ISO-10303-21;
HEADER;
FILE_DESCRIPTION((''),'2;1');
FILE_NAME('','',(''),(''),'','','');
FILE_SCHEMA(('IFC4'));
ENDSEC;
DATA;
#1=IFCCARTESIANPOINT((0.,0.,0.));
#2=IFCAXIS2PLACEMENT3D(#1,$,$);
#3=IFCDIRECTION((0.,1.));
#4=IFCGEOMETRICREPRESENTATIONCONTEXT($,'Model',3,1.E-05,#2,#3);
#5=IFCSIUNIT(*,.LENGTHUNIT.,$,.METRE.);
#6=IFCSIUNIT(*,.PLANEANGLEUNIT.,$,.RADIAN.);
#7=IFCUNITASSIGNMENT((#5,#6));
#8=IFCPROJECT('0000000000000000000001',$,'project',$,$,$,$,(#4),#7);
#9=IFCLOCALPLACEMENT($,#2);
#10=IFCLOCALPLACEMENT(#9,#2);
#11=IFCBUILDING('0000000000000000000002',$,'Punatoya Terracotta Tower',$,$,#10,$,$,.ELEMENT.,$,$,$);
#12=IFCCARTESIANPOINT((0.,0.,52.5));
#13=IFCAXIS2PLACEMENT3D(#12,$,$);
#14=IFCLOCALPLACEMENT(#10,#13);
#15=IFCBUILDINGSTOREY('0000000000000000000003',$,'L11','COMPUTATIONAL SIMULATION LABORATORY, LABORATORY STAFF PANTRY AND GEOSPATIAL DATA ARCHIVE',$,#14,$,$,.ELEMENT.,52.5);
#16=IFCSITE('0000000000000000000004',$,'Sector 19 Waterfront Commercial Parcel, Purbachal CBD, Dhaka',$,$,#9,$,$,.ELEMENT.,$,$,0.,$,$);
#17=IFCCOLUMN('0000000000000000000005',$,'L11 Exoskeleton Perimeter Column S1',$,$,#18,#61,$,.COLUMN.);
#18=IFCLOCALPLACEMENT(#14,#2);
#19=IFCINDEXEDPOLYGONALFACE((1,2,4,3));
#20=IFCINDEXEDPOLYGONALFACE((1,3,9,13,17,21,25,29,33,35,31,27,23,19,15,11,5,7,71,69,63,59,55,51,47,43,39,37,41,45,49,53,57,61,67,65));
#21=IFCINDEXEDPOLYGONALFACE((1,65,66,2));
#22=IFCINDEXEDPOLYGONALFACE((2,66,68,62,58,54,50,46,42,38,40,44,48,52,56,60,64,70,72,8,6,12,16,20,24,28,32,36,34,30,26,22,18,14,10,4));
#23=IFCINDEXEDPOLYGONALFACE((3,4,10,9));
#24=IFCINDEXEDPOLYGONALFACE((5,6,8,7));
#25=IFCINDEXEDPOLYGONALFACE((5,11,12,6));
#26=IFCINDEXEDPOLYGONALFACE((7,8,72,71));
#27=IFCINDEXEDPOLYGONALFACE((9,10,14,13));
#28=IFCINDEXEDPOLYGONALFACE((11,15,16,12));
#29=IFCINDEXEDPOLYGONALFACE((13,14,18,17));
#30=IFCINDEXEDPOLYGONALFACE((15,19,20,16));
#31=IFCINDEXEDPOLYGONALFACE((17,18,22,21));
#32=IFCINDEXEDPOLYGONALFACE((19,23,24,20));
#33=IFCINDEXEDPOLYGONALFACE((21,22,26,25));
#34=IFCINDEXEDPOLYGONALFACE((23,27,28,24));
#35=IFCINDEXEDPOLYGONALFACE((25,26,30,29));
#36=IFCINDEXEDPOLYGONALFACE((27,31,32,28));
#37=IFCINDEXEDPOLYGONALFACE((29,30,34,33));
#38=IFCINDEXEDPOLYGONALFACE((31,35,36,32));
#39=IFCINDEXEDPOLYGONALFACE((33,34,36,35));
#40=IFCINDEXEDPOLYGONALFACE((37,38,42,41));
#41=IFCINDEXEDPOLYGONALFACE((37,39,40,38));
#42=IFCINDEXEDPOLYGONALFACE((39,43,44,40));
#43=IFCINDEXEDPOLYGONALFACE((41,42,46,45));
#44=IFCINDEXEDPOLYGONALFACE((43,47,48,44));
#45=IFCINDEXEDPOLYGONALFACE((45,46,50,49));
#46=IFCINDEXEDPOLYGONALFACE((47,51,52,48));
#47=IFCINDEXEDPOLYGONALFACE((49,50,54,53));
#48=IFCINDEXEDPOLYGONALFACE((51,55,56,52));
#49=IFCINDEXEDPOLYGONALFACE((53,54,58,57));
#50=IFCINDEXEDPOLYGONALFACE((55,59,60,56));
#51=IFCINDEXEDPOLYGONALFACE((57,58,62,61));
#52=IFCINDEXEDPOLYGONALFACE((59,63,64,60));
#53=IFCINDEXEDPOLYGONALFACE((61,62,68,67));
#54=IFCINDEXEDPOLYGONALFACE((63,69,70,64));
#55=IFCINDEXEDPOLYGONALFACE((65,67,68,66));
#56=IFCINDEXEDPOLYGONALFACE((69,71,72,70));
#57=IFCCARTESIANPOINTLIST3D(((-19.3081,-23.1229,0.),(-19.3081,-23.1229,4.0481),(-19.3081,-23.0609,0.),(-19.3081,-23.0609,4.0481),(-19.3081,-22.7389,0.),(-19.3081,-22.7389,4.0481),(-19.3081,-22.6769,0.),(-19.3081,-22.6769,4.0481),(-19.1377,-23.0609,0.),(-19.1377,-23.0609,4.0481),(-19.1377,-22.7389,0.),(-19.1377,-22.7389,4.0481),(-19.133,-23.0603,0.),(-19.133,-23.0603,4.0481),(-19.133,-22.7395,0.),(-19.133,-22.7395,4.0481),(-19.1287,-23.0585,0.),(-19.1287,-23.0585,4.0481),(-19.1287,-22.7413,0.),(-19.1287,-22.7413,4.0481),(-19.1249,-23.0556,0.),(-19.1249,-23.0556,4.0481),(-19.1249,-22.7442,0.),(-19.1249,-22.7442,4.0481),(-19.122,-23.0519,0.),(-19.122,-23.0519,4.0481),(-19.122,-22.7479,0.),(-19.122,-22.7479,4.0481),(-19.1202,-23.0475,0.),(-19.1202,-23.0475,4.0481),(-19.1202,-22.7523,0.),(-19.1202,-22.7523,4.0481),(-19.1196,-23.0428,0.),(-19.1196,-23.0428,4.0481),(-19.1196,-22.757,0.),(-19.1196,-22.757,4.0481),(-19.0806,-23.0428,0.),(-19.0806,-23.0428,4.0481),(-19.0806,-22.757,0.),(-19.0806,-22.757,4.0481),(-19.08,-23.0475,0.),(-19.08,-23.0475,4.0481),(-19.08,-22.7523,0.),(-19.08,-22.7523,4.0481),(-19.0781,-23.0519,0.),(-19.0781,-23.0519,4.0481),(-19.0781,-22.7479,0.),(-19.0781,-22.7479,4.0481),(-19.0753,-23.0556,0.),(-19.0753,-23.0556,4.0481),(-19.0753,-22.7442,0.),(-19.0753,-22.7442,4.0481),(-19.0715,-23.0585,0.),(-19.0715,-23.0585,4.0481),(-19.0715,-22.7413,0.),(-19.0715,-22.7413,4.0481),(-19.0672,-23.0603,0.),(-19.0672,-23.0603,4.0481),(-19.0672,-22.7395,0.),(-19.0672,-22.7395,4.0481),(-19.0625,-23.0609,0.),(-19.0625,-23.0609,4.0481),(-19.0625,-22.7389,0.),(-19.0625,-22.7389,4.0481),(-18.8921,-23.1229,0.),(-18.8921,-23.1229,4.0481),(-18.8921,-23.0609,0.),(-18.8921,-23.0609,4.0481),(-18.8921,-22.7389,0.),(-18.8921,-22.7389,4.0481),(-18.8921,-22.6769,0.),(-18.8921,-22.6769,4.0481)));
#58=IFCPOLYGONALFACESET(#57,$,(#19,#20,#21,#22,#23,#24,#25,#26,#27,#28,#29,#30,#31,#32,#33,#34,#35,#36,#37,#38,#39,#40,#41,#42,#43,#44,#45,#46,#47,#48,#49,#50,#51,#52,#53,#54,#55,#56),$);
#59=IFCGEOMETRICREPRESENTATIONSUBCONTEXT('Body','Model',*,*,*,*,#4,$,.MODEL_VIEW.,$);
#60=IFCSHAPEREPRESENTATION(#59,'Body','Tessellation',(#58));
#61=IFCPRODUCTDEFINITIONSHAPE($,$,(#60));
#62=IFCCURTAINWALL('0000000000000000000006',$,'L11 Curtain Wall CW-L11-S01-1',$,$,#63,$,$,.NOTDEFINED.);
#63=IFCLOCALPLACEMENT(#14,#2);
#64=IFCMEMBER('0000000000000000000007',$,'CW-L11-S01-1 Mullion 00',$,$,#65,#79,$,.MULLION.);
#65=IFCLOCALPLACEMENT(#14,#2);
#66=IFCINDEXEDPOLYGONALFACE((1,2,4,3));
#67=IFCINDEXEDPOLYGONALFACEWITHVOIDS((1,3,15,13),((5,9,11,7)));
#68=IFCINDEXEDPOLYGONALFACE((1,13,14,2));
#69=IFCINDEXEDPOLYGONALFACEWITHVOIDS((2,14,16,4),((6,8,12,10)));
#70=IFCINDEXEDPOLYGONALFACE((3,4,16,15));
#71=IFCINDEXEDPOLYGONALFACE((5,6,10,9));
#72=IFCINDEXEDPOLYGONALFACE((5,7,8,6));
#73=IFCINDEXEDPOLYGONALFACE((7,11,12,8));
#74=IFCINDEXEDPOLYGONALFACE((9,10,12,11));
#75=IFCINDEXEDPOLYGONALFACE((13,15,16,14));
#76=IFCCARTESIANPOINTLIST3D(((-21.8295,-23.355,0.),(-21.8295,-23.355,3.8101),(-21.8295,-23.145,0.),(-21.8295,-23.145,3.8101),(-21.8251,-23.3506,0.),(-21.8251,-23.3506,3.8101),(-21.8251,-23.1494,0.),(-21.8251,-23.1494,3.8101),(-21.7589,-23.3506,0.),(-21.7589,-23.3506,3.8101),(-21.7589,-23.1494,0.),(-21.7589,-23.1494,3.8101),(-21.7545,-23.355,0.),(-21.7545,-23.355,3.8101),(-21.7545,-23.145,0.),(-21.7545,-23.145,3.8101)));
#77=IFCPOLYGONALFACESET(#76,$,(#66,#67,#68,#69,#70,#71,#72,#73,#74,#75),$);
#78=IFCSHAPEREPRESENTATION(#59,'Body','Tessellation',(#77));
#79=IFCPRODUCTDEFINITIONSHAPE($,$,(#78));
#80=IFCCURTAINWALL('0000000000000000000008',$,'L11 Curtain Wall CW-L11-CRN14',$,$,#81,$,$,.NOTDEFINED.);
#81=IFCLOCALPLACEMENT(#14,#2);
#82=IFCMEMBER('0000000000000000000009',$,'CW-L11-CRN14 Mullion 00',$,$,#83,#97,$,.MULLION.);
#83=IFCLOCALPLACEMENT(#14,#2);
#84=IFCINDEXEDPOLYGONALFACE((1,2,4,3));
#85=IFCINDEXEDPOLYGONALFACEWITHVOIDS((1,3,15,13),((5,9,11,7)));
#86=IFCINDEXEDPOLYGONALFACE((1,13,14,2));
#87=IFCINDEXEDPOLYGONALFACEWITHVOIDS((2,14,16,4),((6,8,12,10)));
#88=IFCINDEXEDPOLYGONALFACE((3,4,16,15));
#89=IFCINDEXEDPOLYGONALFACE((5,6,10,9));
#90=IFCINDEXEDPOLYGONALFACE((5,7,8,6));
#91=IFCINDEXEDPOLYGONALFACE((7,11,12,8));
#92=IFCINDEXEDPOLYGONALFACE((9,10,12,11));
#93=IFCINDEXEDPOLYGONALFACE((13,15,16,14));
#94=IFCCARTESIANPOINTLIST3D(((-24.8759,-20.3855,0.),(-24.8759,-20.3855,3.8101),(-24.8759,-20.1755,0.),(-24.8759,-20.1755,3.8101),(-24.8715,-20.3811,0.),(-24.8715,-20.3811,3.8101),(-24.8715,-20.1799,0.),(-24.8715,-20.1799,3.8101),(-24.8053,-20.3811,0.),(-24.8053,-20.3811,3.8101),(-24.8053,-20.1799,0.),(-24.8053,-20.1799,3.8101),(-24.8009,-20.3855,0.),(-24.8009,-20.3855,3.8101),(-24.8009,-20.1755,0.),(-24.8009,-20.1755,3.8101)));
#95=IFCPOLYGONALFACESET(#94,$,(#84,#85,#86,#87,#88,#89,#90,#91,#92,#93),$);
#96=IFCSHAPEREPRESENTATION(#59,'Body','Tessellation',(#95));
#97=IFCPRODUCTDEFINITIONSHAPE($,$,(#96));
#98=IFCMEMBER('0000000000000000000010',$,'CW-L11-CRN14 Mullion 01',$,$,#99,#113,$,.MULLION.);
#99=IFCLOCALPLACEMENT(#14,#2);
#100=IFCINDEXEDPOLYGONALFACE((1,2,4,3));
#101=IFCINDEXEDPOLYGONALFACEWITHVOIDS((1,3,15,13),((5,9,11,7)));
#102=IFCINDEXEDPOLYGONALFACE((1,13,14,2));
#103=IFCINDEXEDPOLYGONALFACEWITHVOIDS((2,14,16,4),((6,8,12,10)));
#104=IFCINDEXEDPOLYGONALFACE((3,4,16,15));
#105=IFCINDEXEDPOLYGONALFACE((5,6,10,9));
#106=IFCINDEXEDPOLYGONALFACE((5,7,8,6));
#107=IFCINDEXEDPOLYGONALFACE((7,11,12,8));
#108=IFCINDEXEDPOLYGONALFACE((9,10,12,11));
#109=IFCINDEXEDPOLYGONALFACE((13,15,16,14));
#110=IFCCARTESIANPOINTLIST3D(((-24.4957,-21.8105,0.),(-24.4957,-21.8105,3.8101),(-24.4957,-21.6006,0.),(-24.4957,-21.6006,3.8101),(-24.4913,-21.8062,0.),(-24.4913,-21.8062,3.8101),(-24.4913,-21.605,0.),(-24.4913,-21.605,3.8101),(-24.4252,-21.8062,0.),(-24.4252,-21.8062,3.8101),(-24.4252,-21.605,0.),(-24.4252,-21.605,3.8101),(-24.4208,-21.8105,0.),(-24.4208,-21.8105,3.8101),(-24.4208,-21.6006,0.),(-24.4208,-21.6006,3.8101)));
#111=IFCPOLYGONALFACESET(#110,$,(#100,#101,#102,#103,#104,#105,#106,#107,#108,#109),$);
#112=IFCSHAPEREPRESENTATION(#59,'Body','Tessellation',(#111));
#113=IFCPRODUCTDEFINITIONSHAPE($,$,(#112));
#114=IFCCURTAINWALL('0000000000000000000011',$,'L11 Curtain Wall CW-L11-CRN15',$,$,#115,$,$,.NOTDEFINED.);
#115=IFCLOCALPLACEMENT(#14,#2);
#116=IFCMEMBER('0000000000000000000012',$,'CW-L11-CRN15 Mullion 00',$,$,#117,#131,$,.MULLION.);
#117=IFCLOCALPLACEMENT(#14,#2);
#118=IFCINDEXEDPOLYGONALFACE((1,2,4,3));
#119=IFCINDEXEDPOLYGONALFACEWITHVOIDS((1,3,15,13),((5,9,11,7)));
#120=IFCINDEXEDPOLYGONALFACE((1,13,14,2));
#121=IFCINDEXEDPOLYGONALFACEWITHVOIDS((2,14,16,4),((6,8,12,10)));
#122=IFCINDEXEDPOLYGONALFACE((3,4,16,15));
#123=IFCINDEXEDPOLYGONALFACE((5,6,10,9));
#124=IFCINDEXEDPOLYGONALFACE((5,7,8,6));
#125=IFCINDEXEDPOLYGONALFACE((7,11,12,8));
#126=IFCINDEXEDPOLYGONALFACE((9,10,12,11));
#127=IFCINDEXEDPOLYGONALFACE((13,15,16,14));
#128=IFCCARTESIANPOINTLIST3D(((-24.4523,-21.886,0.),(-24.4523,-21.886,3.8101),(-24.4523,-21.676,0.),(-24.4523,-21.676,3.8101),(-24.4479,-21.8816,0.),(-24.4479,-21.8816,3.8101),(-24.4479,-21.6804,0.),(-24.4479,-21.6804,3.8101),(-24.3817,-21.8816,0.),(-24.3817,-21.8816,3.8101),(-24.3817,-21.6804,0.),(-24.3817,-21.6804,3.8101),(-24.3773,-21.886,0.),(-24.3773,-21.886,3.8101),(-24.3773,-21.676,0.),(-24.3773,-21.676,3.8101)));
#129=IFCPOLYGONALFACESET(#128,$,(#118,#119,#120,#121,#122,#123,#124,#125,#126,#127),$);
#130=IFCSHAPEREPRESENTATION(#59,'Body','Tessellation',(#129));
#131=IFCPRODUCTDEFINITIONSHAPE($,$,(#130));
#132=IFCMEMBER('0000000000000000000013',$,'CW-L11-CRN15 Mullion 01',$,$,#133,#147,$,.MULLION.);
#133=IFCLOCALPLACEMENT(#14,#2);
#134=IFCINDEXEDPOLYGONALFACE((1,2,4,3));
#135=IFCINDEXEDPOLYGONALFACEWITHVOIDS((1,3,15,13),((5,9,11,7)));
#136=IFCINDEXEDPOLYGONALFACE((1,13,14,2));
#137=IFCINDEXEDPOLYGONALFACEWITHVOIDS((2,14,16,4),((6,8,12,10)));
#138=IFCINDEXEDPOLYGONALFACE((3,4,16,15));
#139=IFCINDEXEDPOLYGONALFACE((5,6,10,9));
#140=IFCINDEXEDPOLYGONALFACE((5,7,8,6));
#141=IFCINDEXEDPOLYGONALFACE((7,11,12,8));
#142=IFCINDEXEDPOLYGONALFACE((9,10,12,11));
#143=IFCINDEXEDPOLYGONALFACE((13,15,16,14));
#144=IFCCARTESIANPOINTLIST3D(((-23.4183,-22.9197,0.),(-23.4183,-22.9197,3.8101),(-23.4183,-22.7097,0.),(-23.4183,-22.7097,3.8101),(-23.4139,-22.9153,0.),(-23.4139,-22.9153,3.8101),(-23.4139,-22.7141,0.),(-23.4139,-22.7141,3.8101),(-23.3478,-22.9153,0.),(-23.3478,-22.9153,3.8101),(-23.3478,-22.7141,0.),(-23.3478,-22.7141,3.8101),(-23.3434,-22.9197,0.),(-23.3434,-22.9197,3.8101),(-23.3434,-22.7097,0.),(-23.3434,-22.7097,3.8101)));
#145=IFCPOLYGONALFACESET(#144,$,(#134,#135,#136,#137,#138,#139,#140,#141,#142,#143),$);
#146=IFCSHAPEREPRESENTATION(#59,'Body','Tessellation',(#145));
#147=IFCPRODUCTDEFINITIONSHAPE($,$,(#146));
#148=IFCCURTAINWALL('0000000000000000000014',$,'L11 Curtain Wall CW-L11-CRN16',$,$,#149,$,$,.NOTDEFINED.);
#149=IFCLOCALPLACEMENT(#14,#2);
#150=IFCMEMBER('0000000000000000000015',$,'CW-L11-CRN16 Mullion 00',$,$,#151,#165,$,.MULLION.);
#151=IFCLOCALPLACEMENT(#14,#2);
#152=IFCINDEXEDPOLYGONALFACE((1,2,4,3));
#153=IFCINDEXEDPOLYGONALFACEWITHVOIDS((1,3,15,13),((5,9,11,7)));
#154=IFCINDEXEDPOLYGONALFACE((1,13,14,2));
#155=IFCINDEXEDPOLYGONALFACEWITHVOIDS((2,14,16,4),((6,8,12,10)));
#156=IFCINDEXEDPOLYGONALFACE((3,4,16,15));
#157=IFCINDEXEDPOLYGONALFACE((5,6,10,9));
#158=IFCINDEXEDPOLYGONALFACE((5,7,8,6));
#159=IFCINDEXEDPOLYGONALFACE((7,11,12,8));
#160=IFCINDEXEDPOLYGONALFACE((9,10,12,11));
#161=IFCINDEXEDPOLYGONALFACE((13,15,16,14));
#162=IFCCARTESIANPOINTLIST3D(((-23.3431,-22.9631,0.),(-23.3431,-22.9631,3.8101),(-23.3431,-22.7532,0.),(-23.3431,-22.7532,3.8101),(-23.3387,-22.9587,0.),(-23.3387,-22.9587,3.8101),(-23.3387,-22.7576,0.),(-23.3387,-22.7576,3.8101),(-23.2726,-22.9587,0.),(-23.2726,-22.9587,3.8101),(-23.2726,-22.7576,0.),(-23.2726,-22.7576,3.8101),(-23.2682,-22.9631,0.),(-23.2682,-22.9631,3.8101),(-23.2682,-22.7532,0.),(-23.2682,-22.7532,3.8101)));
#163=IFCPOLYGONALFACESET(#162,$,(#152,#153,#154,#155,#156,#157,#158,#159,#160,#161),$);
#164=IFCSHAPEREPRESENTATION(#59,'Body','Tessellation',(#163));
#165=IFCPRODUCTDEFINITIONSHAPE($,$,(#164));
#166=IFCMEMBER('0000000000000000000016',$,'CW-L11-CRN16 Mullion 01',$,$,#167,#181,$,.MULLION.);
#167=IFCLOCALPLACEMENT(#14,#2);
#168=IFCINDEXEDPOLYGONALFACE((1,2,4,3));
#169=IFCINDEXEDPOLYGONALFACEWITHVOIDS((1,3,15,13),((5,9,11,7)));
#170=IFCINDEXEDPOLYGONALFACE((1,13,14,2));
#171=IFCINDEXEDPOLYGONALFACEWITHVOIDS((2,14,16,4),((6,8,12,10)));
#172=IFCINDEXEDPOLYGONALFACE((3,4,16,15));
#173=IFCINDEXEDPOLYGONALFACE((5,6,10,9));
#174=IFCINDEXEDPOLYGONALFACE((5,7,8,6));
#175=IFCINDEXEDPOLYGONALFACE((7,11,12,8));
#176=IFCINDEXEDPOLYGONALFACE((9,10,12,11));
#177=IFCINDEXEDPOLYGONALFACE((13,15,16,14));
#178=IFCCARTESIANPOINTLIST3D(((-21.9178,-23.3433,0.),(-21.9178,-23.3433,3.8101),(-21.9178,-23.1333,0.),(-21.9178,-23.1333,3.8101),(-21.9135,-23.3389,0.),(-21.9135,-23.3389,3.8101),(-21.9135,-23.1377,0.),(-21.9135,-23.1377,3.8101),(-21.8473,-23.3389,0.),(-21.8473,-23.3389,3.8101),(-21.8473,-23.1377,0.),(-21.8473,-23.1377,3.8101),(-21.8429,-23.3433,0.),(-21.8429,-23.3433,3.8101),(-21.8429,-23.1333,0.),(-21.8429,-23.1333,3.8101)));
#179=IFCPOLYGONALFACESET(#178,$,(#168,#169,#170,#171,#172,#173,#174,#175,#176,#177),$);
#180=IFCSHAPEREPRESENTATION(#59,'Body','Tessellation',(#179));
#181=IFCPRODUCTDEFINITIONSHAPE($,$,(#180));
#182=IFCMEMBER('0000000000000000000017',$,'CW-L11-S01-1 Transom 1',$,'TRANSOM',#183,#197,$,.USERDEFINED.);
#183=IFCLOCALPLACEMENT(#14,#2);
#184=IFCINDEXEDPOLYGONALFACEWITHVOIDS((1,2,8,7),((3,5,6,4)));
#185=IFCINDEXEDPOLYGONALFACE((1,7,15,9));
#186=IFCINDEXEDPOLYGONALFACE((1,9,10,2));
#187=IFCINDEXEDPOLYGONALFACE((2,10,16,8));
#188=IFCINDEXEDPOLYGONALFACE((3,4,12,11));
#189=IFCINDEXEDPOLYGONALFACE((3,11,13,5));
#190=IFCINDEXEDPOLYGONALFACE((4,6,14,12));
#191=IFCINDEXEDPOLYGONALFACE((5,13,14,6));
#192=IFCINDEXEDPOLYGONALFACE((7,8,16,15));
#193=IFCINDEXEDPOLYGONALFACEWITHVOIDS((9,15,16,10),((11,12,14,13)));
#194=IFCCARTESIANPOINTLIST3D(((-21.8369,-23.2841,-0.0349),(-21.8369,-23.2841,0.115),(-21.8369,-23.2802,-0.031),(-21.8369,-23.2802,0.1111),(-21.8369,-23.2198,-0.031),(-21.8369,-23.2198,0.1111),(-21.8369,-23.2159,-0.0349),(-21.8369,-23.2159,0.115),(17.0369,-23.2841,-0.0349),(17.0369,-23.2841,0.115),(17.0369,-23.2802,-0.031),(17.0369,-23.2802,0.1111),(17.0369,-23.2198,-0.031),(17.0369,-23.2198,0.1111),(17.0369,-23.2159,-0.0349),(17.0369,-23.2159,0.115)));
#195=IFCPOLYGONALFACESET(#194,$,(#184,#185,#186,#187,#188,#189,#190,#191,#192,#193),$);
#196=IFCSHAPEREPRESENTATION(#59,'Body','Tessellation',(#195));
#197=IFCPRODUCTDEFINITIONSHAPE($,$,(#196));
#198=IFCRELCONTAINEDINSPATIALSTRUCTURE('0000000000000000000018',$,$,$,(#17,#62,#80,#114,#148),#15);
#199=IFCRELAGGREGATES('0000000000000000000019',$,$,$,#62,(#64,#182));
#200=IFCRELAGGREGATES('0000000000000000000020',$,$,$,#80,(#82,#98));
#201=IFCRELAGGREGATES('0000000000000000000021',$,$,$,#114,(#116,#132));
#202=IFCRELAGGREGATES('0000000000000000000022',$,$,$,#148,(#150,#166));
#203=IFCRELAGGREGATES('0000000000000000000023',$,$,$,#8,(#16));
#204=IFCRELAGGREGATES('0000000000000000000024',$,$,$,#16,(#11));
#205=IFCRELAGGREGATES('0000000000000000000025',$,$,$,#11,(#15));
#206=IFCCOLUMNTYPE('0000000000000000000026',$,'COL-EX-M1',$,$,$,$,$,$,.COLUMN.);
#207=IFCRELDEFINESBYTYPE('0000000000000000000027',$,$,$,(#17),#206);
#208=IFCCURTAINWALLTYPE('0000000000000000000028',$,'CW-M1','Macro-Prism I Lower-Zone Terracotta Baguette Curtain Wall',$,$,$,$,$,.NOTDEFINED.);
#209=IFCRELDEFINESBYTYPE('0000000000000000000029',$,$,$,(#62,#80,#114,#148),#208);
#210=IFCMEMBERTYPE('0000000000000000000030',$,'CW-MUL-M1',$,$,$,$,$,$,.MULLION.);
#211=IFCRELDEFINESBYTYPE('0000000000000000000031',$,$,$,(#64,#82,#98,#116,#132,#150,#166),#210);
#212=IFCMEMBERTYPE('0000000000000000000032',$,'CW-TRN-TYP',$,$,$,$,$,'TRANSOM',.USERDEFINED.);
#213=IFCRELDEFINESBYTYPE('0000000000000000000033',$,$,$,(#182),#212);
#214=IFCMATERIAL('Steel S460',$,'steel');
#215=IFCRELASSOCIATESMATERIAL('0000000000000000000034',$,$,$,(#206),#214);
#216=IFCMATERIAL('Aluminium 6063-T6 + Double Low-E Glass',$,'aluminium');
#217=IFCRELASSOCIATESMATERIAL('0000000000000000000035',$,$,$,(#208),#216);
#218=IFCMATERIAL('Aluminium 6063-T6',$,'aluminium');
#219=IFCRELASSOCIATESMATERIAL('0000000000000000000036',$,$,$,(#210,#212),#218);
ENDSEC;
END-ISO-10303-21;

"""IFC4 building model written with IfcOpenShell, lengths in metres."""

from ifc_helpers import new_model, si_unit, direction, frame, origin, origin_2d, place, context, subcontext, project, spatial, hollow_rectangle, i_section, extrude, material, material_profile, profile_set, type_object, element, aggregate, save


model = new_model("IFC4")

# Units and contexts
model_context = context("Model", 3, precision=1e-05, world=origin(), true_north=direction((0.0, 1.0)))
body_context = subcontext(model_context, "Body", "Model", "MODEL_VIEW")
ifc_project = project(units=[si_unit("LENGTHUNIT", "METRE"), si_unit("PLANEANGLEUNIT", "RADIAN")], contexts=[model_context])

# Site, building, storey
site_placement = place(None, origin())
site = spatial("IfcSite", under=ifc_project, at=site_placement, Name="Sector 19 Waterfront Commercial Parcel, Purbachal CBD, Dhaka", CompositionType="ELEMENT", RefElevation=0.0)
building_placement = place(site_placement, origin())
building = spatial("IfcBuilding", under=site, at=building_placement, Name="Punatoya Terracotta Tower", CompositionType="ELEMENT")
storey_placement = place(building_placement, frame((0.0, 0.0, 52.5)))
storey = spatial("IfcBuildingStorey", under=building, at=storey_placement, Name="L11", Description="COMPUTATIONAL SIMULATION LABORATORY, LABORATORY STAFF PANTRY AND GEOSPATIAL DATA ARCHIVE", CompositionType="ELEMENT", Elevation=52.5)

# Column
ifc_material_1 = material(Name="Steel S460", Category="steel")
ifc_material_profile_1 = material_profile(ifc_material_1, i_section(OverallWidth=0.416, OverallDepth=0.446, WebThickness=0.0391, FlangeThickness=0.062, FilletRadius=0.0181, at=origin_2d()))
ifc_profile_set_1 = profile_set([ifc_material_profile_1], Name="Steel S460")
column_type = type_object("IfcColumnType", Name="COL-EX-M1", PredefinedType="COLUMN", material=ifc_profile_set_1)
column_placement = place(storey_placement, frame((-19.1001, -22.8999, 0.0), z_axis=(0.0, 0.0, 1.0), x_axis=(1.0, 0.0, 0.0)))
element("IfcColumn", 1, at=column_placement, inside=storey, type_object=column_type, Name="L11 Exoskeleton Perimeter Column S1", PredefinedType="COLUMN", context=body_context, shape_type="SweptSolid", body=[
    extrude(i_section(OverallWidth=0.416, OverallDepth=0.446, WebThickness=0.0391, FlangeThickness=0.062, FilletRadius=0.0181, at=origin_2d()), origin(), (0.0, 0.0, 1.0), 4.0481),
])

# Curtain wall, member
ifc_material_2 = material(Name="Aluminium 6063-T6 + Double Low-E Glass", Category="aluminium")
curtain_wall_type = type_object("IfcCurtainWallType", Name="CW-M1", Description="Macro-Prism I Lower-Zone Terracotta Baguette Curtain Wall", PredefinedType="NOTDEFINED", material=ifc_material_2)
curtain_wall_1_placement = place(storey_placement, origin())
curtain_wall_1 = element("IfcCurtainWall", 2, at=curtain_wall_1_placement, inside=storey, type_object=curtain_wall_type, Name="L11 Curtain Wall CW-L11-S01-1", PredefinedType="NOTDEFINED")
ifc_material_3 = material(Name="Aluminium 6063-T6", Category="aluminium")
ifc_material_profile_2 = material_profile(ifc_material_3, hollow_rectangle(XDim=0.075, YDim=0.21, WallThickness=0.0044, at=origin_2d()))
ifc_profile_set_2 = profile_set([ifc_material_profile_2], Name="Aluminium 6063-T6")
member_type_1 = type_object("IfcMemberType", Name="CW-MUL-M1", PredefinedType="MULLION", material=ifc_profile_set_2)
member_1_placement = place(storey_placement, frame((-21.792, -23.25, 0.0), z_axis=(0.0, 0.0, 1.0), x_axis=(1.0, 0.0, 0.0)))
member_1 = element("IfcMember", 3, at=member_1_placement, type_object=member_type_1, Name="CW-L11-S01-1 Mullion 00", PredefinedType="MULLION", context=body_context, shape_type="SweptSolid", body=[
    extrude(hollow_rectangle(XDim=0.075, YDim=0.21, WallThickness=0.0044, at=origin_2d()), origin(), (0.0, 0.0, 1.0), 3.8101),
])

# Curtain walls, members
curtain_wall_2_placement = place(storey_placement, origin())
curtain_wall_2 = element("IfcCurtainWall", 4, at=curtain_wall_2_placement, inside=storey, type_object=curtain_wall_type, Name="L11 Curtain Wall CW-L11-CRN14", PredefinedType="NOTDEFINED")
member_2_placement = place(storey_placement, frame((-24.8384, -20.2805, 0.0), z_axis=(0.0, 0.0, 1.0), x_axis=(1.0, 0.0, 0.0)))
member_2 = element("IfcMember", 5, at=member_2_placement, type_object=member_type_1, Name="CW-L11-CRN14 Mullion 00", PredefinedType="MULLION", context=body_context, shape_type="SweptSolid", body=[
    extrude(hollow_rectangle(XDim=0.075, YDim=0.21, WallThickness=0.0044, at=origin_2d()), origin(), (0.0, 0.0, 1.0), 3.8101),
])
member_3_placement = place(storey_placement, frame((-24.4583, -21.7056, 0.0), z_axis=(0.0, 0.0, 1.0), x_axis=(1.0, 0.0, 0.0)))
member_3 = element("IfcMember", 6, at=member_3_placement, type_object=member_type_1, Name="CW-L11-CRN14 Mullion 01", PredefinedType="MULLION", context=body_context, shape_type="SweptSolid", body=[
    extrude(hollow_rectangle(XDim=0.075, YDim=0.21, WallThickness=0.0044, at=origin_2d()), origin(), (0.0, 0.0, 1.0), 3.8101),
])
curtain_wall_3_placement = place(storey_placement, origin())
curtain_wall_3 = element("IfcCurtainWall", 7, at=curtain_wall_3_placement, inside=storey, type_object=curtain_wall_type, Name="L11 Curtain Wall CW-L11-CRN15", PredefinedType="NOTDEFINED")
member_4_placement = place(storey_placement, frame((-24.4148, -21.781, 0.0), z_axis=(0.0, 0.0, 1.0), x_axis=(1.0, 0.0, 0.0)))
member_4 = element("IfcMember", 8, at=member_4_placement, type_object=member_type_1, Name="CW-L11-CRN15 Mullion 00", PredefinedType="MULLION", context=body_context, shape_type="SweptSolid", body=[
    extrude(hollow_rectangle(XDim=0.075, YDim=0.21, WallThickness=0.0044, at=origin_2d()), origin(), (0.0, 0.0, 1.0), 3.8101),
])
member_5_placement = place(storey_placement, frame((-23.3809, -22.8147, 0.0), z_axis=(0.0, 0.0, 1.0), x_axis=(1.0, 0.0, 0.0)))
member_5 = element("IfcMember", 9, at=member_5_placement, type_object=member_type_1, Name="CW-L11-CRN15 Mullion 01", PredefinedType="MULLION", context=body_context, shape_type="SweptSolid", body=[
    extrude(hollow_rectangle(XDim=0.075, YDim=0.21, WallThickness=0.0044, at=origin_2d()), origin(), (0.0, 0.0, 1.0), 3.8101),
])
curtain_wall_4_placement = place(storey_placement, origin())
curtain_wall_4 = element("IfcCurtainWall", 10, at=curtain_wall_4_placement, inside=storey, type_object=curtain_wall_type, Name="L11 Curtain Wall CW-L11-CRN16", PredefinedType="NOTDEFINED")
member_6_placement = place(storey_placement, frame((-23.3057, -22.8582, 0.0), z_axis=(0.0, 0.0, 1.0), x_axis=(1.0, 0.0, 0.0)))
member_6 = element("IfcMember", 11, at=member_6_placement, type_object=member_type_1, Name="CW-L11-CRN16 Mullion 00", PredefinedType="MULLION", context=body_context, shape_type="SweptSolid", body=[
    extrude(hollow_rectangle(XDim=0.075, YDim=0.21, WallThickness=0.0044, at=origin_2d()), origin(), (0.0, 0.0, 1.0), 3.8101),
])
member_7_placement = place(storey_placement, frame((-21.8804, -23.2383, 0.0), z_axis=(0.0, 0.0, 1.0), x_axis=(1.0, 0.0, 0.0)))
member_7 = element("IfcMember", 12, at=member_7_placement, type_object=member_type_1, Name="CW-L11-CRN16 Mullion 01", PredefinedType="MULLION", context=body_context, shape_type="SweptSolid", body=[
    extrude(hollow_rectangle(XDim=0.075, YDim=0.21, WallThickness=0.0044, at=origin_2d()), origin(), (0.0, 0.0, 1.0), 3.8101),
])

# Member
ifc_material_profile_3 = material_profile(ifc_material_3, hollow_rectangle(XDim=0.0681, YDim=0.1499, WallThickness=0.0039, at=origin_2d()))
ifc_profile_set_3 = profile_set([ifc_material_profile_3], Name="Aluminium 6063-T6")
member_type_2 = type_object("IfcMemberType", Name="CW-TRN-TYP", ElementType="TRANSOM", PredefinedType="USERDEFINED", material=ifc_profile_set_3)
member_8_placement = place(storey_placement, frame((-21.8369, -23.25, 0.04), z_axis=(1.0, 0.0, 0.0), x_axis=(0.0, 1.0, 0.0)))
member_8 = element("IfcMember", 13, at=member_8_placement, type_object=member_type_2, Name="CW-L11-S01-1 Transom 1", ObjectType="TRANSOM", PredefinedType="USERDEFINED", context=body_context, shape_type="SweptSolid", body=[
    extrude(hollow_rectangle(XDim=0.0681, YDim=0.1499, WallThickness=0.0039, at=origin_2d()), origin(), (0.0, 0.0, 1.0), 38.8738),
])

aggregate(curtain_wall_1, [member_1, member_8])
aggregate(curtain_wall_2, [member_2, member_3])
aggregate(curtain_wall_3, [member_4, member_5])
aggregate(curtain_wall_4, [member_6, member_7])

save(model, "model.ifc")
